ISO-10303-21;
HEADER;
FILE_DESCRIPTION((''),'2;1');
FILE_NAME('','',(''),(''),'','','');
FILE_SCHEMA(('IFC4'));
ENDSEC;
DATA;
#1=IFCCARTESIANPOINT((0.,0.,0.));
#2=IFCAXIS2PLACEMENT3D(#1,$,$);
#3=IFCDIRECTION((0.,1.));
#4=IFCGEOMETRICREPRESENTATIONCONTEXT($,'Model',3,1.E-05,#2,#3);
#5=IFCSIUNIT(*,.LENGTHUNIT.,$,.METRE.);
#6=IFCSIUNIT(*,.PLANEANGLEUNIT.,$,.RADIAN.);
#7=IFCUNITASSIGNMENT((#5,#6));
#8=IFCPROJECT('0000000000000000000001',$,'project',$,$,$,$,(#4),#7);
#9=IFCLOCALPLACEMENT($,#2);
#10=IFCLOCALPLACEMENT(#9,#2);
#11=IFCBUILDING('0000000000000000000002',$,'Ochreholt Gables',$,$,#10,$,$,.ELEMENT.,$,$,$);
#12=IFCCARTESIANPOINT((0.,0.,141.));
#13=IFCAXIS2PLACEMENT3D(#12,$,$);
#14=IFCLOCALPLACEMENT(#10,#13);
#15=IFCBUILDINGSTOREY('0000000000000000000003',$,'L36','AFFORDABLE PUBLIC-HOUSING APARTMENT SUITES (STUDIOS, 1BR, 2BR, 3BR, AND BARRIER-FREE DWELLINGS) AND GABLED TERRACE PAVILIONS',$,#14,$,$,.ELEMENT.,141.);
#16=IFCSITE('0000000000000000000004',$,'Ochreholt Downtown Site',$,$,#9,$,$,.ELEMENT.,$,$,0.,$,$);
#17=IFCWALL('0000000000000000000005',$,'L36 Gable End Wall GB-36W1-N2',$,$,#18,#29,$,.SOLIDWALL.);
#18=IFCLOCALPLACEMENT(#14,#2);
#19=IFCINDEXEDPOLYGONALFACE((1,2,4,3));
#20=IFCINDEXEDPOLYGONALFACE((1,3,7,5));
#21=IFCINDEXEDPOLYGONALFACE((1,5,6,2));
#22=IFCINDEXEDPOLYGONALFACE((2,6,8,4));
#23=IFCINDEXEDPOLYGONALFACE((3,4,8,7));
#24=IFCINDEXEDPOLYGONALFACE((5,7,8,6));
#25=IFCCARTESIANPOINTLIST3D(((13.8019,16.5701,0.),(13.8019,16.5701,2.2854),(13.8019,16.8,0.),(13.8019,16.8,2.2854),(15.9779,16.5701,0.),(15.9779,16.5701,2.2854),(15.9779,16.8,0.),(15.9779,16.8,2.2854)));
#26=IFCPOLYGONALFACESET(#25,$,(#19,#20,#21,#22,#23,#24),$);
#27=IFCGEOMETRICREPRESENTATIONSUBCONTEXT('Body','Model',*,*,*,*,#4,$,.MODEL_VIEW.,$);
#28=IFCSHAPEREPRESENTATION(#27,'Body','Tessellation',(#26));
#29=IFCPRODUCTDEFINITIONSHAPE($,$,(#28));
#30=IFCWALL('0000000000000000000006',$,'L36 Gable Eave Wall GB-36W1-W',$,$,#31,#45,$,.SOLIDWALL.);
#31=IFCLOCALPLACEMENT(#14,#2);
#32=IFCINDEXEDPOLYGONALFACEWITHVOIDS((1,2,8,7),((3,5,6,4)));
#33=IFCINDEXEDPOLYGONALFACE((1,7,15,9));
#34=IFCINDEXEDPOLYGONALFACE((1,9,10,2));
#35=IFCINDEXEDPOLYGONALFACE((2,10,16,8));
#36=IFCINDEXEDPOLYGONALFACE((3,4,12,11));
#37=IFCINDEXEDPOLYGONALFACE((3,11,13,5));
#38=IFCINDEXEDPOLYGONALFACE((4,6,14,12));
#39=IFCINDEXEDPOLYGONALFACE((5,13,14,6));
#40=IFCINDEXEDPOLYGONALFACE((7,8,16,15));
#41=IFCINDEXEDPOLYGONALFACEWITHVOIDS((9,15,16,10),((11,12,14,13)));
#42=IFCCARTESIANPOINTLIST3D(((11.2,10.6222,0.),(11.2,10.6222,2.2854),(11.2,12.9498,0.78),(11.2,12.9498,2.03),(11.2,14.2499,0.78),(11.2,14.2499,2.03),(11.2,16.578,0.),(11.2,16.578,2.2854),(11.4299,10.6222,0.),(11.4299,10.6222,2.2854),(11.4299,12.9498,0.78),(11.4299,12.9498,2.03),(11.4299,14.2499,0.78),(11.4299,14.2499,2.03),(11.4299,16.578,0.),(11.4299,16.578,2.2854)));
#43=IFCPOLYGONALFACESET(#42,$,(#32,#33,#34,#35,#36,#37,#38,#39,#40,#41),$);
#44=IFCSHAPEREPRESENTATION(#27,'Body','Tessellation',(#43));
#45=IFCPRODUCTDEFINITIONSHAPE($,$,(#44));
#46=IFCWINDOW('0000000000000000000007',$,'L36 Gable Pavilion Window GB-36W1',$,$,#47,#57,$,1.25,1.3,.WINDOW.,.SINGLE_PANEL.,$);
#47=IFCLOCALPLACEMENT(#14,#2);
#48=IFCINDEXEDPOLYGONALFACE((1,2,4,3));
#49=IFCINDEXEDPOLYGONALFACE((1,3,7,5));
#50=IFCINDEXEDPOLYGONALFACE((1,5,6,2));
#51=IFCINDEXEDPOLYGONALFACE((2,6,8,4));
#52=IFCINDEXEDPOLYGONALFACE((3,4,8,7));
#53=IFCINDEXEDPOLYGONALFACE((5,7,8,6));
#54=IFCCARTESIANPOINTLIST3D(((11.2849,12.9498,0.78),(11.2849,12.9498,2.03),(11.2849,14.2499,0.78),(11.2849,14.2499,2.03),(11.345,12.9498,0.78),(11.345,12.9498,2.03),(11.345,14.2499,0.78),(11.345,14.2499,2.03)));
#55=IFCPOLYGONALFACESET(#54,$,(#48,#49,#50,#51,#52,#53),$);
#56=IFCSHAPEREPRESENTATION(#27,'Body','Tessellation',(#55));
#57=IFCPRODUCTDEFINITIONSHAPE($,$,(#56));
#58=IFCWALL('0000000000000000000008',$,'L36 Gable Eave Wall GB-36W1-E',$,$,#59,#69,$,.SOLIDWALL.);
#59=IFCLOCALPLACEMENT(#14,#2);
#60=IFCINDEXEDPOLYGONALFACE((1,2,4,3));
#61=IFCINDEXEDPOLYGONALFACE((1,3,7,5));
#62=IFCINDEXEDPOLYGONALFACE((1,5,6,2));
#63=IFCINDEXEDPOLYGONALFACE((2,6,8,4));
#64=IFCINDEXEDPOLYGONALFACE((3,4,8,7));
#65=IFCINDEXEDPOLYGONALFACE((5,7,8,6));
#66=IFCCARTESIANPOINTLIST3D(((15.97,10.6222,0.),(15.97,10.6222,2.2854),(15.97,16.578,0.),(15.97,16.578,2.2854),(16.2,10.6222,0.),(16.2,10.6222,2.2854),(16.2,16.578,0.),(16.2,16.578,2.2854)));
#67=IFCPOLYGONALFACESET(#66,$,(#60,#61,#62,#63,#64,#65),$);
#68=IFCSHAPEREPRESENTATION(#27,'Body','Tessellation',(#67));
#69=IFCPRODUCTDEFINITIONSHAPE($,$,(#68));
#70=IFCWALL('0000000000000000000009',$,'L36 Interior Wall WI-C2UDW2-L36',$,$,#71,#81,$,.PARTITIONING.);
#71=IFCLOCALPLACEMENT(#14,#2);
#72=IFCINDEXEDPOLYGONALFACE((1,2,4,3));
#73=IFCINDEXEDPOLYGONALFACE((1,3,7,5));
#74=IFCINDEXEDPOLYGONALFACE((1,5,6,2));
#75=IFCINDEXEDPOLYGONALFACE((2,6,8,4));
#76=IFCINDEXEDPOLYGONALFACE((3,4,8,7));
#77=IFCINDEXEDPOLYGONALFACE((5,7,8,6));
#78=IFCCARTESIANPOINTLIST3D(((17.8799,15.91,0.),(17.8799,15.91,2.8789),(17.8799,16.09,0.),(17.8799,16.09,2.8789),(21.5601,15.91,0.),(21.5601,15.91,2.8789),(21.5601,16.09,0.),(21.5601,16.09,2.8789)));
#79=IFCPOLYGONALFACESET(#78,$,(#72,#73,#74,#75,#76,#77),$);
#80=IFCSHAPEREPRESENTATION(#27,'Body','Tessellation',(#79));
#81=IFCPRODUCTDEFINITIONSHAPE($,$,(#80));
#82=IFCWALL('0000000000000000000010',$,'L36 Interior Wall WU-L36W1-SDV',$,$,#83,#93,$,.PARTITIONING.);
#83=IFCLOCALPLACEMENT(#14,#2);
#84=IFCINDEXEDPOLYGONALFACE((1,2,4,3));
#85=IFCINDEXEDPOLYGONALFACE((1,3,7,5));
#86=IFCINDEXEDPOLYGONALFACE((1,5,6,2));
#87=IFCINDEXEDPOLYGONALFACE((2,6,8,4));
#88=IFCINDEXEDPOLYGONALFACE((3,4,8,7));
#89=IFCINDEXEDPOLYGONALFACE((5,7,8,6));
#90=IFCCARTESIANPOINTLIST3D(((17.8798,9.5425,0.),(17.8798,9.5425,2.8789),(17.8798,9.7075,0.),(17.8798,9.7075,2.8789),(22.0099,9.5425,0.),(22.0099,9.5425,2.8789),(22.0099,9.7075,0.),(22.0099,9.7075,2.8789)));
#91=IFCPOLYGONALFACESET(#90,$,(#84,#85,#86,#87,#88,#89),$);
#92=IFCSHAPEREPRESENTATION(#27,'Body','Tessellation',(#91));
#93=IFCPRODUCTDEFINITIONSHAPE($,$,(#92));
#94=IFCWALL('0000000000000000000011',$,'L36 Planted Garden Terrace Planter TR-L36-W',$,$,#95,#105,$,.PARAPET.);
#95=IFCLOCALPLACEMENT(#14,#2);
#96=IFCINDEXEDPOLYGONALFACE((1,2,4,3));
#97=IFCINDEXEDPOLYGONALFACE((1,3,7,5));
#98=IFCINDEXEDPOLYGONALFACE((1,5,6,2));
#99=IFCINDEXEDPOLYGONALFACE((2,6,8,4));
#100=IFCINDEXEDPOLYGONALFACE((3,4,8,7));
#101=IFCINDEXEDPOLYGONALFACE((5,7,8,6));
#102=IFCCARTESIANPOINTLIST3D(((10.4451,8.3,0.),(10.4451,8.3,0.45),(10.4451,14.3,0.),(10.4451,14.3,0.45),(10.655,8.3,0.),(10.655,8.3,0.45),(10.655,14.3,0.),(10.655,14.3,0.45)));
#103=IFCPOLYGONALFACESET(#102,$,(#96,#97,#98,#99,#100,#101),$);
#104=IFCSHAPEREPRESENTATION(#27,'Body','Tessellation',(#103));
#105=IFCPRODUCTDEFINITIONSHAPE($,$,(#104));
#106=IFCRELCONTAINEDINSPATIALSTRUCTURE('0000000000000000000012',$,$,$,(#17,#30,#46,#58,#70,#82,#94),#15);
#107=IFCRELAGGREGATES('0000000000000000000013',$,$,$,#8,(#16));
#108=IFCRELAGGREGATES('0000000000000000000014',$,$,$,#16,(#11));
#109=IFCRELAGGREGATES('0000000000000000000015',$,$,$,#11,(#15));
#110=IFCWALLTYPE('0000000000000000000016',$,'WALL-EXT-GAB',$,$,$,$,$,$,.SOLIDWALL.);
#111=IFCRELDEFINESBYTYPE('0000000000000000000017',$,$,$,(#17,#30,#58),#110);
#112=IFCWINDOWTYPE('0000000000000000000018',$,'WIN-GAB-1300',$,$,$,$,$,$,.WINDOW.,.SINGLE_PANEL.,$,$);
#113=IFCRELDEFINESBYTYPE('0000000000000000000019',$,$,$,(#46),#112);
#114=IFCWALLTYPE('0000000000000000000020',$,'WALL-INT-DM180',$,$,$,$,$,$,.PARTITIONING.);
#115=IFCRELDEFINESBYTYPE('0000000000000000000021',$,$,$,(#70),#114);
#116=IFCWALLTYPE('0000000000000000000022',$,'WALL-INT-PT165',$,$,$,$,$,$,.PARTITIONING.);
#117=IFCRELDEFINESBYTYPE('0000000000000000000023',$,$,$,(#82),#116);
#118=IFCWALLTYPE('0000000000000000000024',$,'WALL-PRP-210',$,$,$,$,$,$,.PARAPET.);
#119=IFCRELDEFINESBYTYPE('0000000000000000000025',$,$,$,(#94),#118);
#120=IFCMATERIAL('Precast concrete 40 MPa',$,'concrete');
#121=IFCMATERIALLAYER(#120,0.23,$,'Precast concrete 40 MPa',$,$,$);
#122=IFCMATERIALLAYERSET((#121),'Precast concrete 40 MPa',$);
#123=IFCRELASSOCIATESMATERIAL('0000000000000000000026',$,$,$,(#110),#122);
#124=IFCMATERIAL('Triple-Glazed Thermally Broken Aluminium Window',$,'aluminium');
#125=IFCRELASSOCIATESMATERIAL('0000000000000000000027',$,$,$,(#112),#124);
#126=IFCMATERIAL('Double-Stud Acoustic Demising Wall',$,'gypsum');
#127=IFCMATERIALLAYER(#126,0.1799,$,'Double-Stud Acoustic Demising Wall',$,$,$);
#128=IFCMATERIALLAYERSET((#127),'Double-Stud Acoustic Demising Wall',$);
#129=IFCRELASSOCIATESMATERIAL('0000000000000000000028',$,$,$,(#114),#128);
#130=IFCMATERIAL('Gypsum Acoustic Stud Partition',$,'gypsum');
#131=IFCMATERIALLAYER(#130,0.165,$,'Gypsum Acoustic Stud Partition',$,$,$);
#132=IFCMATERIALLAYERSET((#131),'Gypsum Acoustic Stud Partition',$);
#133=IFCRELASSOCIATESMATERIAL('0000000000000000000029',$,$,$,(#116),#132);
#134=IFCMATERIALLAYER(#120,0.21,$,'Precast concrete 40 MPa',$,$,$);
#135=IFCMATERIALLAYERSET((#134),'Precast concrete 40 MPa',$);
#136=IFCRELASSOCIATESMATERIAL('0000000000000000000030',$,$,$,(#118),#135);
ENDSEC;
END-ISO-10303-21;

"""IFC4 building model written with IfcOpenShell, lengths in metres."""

from ifc_helpers import new_model, si_unit, direction, frame, frame_2d, origin, place, context, subcontext, project, spatial, rectangle, extrude, material, layer, layer_set, type_object, element, fill, save


model = new_model("IFC4")

# Units and contexts
model_context = context("Model", 3, precision=1e-05, world=origin(), true_north=direction((0.0, 1.0)))
body_context = subcontext(model_context, "Body", "Model", "MODEL_VIEW")
ifc_project = project(units=[si_unit("LENGTHUNIT", "METRE"), si_unit("PLANEANGLEUNIT", "RADIAN")], contexts=[model_context])

# Site, building, storey
site_placement = place(None, origin())
site = spatial("IfcSite", under=ifc_project, at=site_placement, Name="Ochreholt Downtown Site", CompositionType="ELEMENT", RefElevation=0.0)
building_placement = place(site_placement, origin())
building = spatial("IfcBuilding", under=site, at=building_placement, Name="Ochreholt Gables", CompositionType="ELEMENT")
storey_placement = place(building_placement, frame((0.0, 0.0, 141.0)))
storey = spatial("IfcBuildingStorey", under=building, at=storey_placement, Name="L36", Description="AFFORDABLE PUBLIC-HOUSING APARTMENT SUITES (STUDIOS, 1BR, 2BR, 3BR, AND BARRIER-FREE DWELLINGS) AND GABLED TERRACE PAVILIONS", CompositionType="ELEMENT", Elevation=141.0)

# Shared definitions
ifc_material_1 = material(Name="Precast concrete 40 MPa", Category="concrete")

# Shared definitions
ifc_material_2 = material(Name="Triple-Glazed Thermally Broken Aluminium Window", Category="aluminium")

# Shared definitions
ifc_layer_1 = layer(ifc_material_1, 0.23, Name="Precast concrete 40 MPa")
ifc_layer_set_1 = layer_set([ifc_layer_1], Name="Precast concrete 40 MPa")
wall_type_1 = type_object("IfcWallType", Name="WALL-EXT-GAB", PredefinedType="SOLIDWALL", material=ifc_layer_set_1)

# Wall
wall_1_placement = place(storey_placement, frame((13.802, 16.6851, 0.0), z_axis=(0.0, 0.0, 1.0), x_axis=(1.0, 0.0, 0.0)))
element("IfcWall", 1, at=wall_1_placement, inside=storey, type_object=wall_type_1, Name="L36 Gable End Wall GB-36W1-N2", PredefinedType="SOLIDWALL", context=body_context, shape_type="SweptSolid", body=[
    extrude(rectangle(XDim=2.176, YDim=0.23, at=frame_2d((1.0879, 0.0))), origin(), (0.0, 0.0, 1.0), 2.2854),
])

# Wall, opening, window
wall_2_placement = place(storey_placement, frame((11.3149, 10.6221, 0.0), z_axis=(0.0, 0.0, 1.0), x_axis=(0.0, 1.0, 0.0)))
wall_2 = element("IfcWall", 2, at=wall_2_placement, inside=storey, type_object=wall_type_1, Name="L36 Gable Eave Wall GB-36W1-W", PredefinedType="SOLIDWALL", context=body_context, shape_type="SweptSolid", body=[
    extrude(rectangle(XDim=5.9558, YDim=0.23, at=frame_2d((2.978, 0.0))), origin(), (0.0, 0.0, 1.0), 2.2854),
])
opening_1_placement = place(wall_2_placement, frame((2.3279, 0.0, 0.78)))
opening_1 = element("IfcOpeningElement", 3, at=opening_1_placement, cuts=wall_2, PredefinedType="OPENING", context=body_context, shape_type="SweptSolid", body=[
    extrude(rectangle(XDim=1.3, YDim=1.25, at=frame_2d((0.6499, 0.625))), frame((0.0, 0.125, 0.0), z_axis=(0.0, -1.0, 0.0), x_axis=(1.0, 0.0, 0.0)), (0.0, 0.0, 1.0), 0.25),
])
window_type_1 = type_object("IfcWindowType", Name="WIN-GAB-1300", PartitioningType="SINGLE_PANEL", PredefinedType="WINDOW", material=ifc_material_2)
window_1_placement = place(opening_1_placement, origin())
window_1 = element("IfcWindow", 4, at=window_1_placement, inside=storey, type_object=window_type_1, Name="L36 Gable Pavilion Window GB-36W1", OverallHeight=1.25, OverallWidth=1.3, PartitioningType="SINGLE_PANEL", PredefinedType="WINDOW", context=body_context, shape_type="SweptSolid", body=[
    extrude(rectangle(XDim=1.3, YDim=1.25, at=frame_2d((0.6499, 0.625))), frame((0.0, 0.03, 0.0), z_axis=(0.0, -1.0, 0.0), x_axis=(1.0, 0.0, 0.0)), (0.0, 0.0, 1.0), 0.0601),
])
fill(opening_1, window_1)

# Walls
wall_3_placement = place(storey_placement, frame((16.085, 10.6221, 0.0), z_axis=(0.0, 0.0, 1.0), x_axis=(0.0, 1.0, 0.0)))
element("IfcWall", 5, at=wall_3_placement, inside=storey, type_object=wall_type_1, Name="L36 Gable Eave Wall GB-36W1-E", PredefinedType="SOLIDWALL", context=body_context, shape_type="SweptSolid", body=[
    extrude(rectangle(XDim=5.9558, YDim=0.23, at=frame_2d((2.978, 0.0))), origin(), (0.0, 0.0, 1.0), 2.2854),
])
ifc_material_3 = material(Name="Double-Stud Acoustic Demising Wall", Category="gypsum")
ifc_layer_2 = layer(ifc_material_3, 0.1799, Name="Double-Stud Acoustic Demising Wall")
ifc_layer_set_2 = layer_set([ifc_layer_2], Name="Double-Stud Acoustic Demising Wall")
wall_type_2 = type_object("IfcWallType", Name="WALL-INT-DM180", PredefinedType="PARTITIONING", material=ifc_layer_set_2)
wall_4_placement = place(storey_placement, frame((17.8799, 16.0, 0.0), z_axis=(0.0, 0.0, 1.0), x_axis=(1.0, 0.0, 0.0)))
element("IfcWall", 6, at=wall_4_placement, inside=storey, type_object=wall_type_2, Name="L36 Interior Wall WI-C2UDW2-L36", PredefinedType="PARTITIONING", context=body_context, shape_type="SweptSolid", body=[
    extrude(rectangle(XDim=3.6802, YDim=0.1799, at=frame_2d((1.8401, 0.0))), origin(), (0.0, 0.0, 1.0), 2.8789),
])
ifc_material_4 = material(Name="Gypsum Acoustic Stud Partition", Category="gypsum")
ifc_layer_3 = layer(ifc_material_4, 0.165, Name="Gypsum Acoustic Stud Partition")
ifc_layer_set_3 = layer_set([ifc_layer_3], Name="Gypsum Acoustic Stud Partition")
wall_type_3 = type_object("IfcWallType", Name="WALL-INT-PT165", PredefinedType="PARTITIONING", material=ifc_layer_set_3)
wall_5_placement = place(storey_placement, frame((17.8799, 9.625, 0.0), z_axis=(0.0, 0.0, 1.0), x_axis=(1.0, 0.0, 0.0)))
element("IfcWall", 7, at=wall_5_placement, inside=storey, type_object=wall_type_3, Name="L36 Interior Wall WU-L36W1-SDV", PredefinedType="PARTITIONING", context=body_context, shape_type="SweptSolid", body=[
    extrude(rectangle(XDim=4.1301, YDim=0.165, at=frame_2d((2.0649, 0.0))), origin(), (0.0, 0.0, 1.0), 2.8789),
])
ifc_layer_4 = layer(ifc_material_1, 0.21, Name="Precast concrete 40 MPa")
ifc_layer_set_4 = layer_set([ifc_layer_4], Name="Precast concrete 40 MPa")
wall_type_4 = type_object("IfcWallType", Name="WALL-PRP-210", PredefinedType="PARAPET", material=ifc_layer_set_4)
wall_6_placement = place(storey_placement, frame((10.55, 8.3, 0.0), z_axis=(0.0, 0.0, 1.0), x_axis=(0.0, 1.0, 0.0)))
element("IfcWall", 8, at=wall_6_placement, inside=storey, type_object=wall_type_4, Name="L36 Planted Garden Terrace Planter TR-L36-W", PredefinedType="PARAPET", context=body_context, shape_type="SweptSolid", body=[
    extrude(rectangle(XDim=6.0, YDim=0.21, at=frame_2d((3.0, 0.0))), origin(), (0.0, 0.0, 1.0), 0.45),
])

save(model, "model.ifc")
